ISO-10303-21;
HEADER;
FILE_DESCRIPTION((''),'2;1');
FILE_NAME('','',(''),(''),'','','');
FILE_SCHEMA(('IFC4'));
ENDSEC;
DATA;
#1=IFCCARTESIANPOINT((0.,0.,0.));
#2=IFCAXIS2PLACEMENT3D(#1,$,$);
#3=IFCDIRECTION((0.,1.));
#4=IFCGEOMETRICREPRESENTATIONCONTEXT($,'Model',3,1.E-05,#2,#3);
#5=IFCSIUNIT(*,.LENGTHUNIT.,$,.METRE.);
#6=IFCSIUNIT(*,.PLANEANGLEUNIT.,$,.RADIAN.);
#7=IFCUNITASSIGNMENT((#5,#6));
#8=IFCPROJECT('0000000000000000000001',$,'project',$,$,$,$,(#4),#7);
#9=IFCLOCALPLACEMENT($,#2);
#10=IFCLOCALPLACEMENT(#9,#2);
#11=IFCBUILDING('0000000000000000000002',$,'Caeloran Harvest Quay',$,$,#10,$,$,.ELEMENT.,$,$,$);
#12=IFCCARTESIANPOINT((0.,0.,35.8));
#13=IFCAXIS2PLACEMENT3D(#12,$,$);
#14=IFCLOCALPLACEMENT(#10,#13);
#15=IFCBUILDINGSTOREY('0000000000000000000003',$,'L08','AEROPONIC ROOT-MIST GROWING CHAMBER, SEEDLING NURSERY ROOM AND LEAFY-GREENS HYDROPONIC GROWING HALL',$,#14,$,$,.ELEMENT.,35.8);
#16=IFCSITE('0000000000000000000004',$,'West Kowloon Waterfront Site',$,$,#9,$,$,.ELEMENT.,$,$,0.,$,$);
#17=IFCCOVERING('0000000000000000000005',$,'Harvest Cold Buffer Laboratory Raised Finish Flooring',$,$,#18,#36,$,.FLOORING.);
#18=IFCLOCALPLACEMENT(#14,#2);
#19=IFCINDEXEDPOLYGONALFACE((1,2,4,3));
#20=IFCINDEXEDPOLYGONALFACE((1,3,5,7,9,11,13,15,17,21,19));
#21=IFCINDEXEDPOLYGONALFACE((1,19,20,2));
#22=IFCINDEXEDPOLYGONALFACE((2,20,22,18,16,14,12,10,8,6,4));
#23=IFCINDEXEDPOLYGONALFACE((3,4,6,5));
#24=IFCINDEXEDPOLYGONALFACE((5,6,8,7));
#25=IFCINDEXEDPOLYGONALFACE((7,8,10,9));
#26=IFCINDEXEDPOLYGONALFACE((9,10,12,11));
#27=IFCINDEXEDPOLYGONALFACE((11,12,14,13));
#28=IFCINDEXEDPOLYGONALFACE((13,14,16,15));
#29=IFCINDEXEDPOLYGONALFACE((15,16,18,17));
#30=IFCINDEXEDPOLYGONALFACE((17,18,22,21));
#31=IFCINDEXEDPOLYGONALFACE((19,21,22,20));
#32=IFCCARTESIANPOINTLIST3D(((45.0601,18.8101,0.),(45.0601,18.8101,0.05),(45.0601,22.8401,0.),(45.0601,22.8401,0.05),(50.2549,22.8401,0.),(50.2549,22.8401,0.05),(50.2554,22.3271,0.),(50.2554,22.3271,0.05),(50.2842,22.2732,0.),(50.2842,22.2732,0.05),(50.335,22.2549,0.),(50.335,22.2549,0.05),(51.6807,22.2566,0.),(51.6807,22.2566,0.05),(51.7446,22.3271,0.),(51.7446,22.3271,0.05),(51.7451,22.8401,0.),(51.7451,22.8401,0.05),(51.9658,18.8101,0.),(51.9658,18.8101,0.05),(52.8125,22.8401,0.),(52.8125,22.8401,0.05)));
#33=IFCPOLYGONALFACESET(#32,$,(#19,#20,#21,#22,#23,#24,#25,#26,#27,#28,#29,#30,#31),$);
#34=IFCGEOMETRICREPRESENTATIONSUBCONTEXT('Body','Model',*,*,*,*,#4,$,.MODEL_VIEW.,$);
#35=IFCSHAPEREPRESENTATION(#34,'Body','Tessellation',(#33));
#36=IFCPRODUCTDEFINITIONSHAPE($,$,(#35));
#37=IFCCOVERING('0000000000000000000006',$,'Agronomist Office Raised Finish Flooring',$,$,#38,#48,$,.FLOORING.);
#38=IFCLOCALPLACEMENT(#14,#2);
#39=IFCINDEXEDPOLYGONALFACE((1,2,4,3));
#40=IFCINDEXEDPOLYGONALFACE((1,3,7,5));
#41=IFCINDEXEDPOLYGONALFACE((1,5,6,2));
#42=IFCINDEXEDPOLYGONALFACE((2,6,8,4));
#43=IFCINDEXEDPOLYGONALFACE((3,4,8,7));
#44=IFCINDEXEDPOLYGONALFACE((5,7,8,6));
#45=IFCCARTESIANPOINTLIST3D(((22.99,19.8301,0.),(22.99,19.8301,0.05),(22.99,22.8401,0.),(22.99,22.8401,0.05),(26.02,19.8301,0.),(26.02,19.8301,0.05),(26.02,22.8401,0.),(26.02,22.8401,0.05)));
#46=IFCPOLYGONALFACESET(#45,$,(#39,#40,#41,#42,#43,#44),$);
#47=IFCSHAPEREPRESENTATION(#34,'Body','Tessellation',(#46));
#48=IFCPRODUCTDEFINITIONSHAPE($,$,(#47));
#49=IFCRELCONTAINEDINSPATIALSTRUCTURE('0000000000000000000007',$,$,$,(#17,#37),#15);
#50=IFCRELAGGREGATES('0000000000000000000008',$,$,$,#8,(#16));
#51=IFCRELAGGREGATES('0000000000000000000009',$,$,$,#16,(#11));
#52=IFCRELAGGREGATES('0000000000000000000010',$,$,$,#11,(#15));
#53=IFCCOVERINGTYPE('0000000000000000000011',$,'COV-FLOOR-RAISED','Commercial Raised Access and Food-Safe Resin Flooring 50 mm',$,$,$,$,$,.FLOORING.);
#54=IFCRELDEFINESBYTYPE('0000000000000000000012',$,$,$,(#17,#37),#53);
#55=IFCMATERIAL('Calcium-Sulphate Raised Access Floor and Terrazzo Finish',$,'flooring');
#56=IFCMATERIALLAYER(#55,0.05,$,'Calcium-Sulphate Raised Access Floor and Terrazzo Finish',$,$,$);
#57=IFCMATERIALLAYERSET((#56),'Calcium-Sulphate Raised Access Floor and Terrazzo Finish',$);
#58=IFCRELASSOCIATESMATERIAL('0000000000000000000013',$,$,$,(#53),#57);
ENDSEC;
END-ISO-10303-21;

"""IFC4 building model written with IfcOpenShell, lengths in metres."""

from ifc_helpers import new_model, si_unit, direction, frame, origin, place, context, subcontext, project, spatial, polyline, outline, extrude, material, layer, layer_set, type_object, element, save


model = new_model("IFC4")

# Units and contexts
model_context = context("Model", 3, precision=1e-05, world=origin(), true_north=direction((0.0, 1.0)))
body_context = subcontext(model_context, "Body", "Model", "MODEL_VIEW")
ifc_project = project(units=[si_unit("LENGTHUNIT", "METRE"), si_unit("PLANEANGLEUNIT", "RADIAN")], contexts=[model_context])

# Site, building, storey
site_placement = place(None, origin())
site = spatial("IfcSite", under=ifc_project, at=site_placement, Name="West Kowloon Waterfront Site", CompositionType="ELEMENT", RefElevation=0.0)
building_placement = place(site_placement, origin())
building = spatial("IfcBuilding", under=site, at=building_placement, Name="Caeloran Harvest Quay", CompositionType="ELEMENT")
storey_placement = place(building_placement, frame((0.0, 0.0, 35.8)))
storey = spatial("IfcBuildingStorey", under=building, at=storey_placement, Name="L08", Description="AEROPONIC ROOT-MIST GROWING CHAMBER, SEEDLING NURSERY ROOM AND LEAFY-GREENS HYDROPONIC GROWING HALL", CompositionType="ELEMENT", Elevation=35.8)

# Coverings
ifc_material_1 = material(Name="Calcium-Sulphate Raised Access Floor and Terrazzo Finish", Category="flooring")
ifc_layer_1 = layer(ifc_material_1, 0.05, Name="Calcium-Sulphate Raised Access Floor and Terrazzo Finish")
ifc_layer_set_1 = layer_set([ifc_layer_1], Name="Calcium-Sulphate Raised Access Floor and Terrazzo Finish")
covering_type_1 = type_object("IfcCoveringType", Name="COV-FLOOR-RAISED", Description="Commercial Raised Access and Food-Safe Resin Flooring 50 mm", PredefinedType="FLOORING", material=ifc_layer_set_1)
covering_1_placement = place(storey_placement, origin())
element("IfcCovering", 1, at=covering_1_placement, inside=storey, type_object=covering_type_1, Name="Harvest Cold Buffer Laboratory Raised Finish Flooring", PredefinedType="FLOORING", context=body_context, shape_type="SweptSolid", body=[
    extrude(outline(polyline([(45.0601, 18.8101), (45.0601, 22.8401), (50.2549, 22.8401), (50.2554, 22.3271), (50.2842, 22.2732), (50.335, 22.2549), (51.6807, 22.2566), (51.7446, 22.3271), (51.7451, 22.8401), (52.8125, 22.8401), (51.9658, 18.8101), (45.0601, 18.8101)])), origin(), (0.0, 0.0, 1.0), 0.05),
])
covering_2_placement = place(storey_placement, origin())
element("IfcCovering", 2, at=covering_2_placement, inside=storey, type_object=covering_type_1, Name="Agronomist Office Raised Finish Flooring", PredefinedType="FLOORING", context=body_context, shape_type="SweptSolid", body=[
    extrude(outline(polyline([(26.02, 22.8401), (26.02, 19.8301), (22.99, 19.8301), (22.99, 22.8401), (26.02, 22.8401)])), origin(), (0.0, 0.0, 1.0), 0.05),
])

save(model, "model.ifc")
